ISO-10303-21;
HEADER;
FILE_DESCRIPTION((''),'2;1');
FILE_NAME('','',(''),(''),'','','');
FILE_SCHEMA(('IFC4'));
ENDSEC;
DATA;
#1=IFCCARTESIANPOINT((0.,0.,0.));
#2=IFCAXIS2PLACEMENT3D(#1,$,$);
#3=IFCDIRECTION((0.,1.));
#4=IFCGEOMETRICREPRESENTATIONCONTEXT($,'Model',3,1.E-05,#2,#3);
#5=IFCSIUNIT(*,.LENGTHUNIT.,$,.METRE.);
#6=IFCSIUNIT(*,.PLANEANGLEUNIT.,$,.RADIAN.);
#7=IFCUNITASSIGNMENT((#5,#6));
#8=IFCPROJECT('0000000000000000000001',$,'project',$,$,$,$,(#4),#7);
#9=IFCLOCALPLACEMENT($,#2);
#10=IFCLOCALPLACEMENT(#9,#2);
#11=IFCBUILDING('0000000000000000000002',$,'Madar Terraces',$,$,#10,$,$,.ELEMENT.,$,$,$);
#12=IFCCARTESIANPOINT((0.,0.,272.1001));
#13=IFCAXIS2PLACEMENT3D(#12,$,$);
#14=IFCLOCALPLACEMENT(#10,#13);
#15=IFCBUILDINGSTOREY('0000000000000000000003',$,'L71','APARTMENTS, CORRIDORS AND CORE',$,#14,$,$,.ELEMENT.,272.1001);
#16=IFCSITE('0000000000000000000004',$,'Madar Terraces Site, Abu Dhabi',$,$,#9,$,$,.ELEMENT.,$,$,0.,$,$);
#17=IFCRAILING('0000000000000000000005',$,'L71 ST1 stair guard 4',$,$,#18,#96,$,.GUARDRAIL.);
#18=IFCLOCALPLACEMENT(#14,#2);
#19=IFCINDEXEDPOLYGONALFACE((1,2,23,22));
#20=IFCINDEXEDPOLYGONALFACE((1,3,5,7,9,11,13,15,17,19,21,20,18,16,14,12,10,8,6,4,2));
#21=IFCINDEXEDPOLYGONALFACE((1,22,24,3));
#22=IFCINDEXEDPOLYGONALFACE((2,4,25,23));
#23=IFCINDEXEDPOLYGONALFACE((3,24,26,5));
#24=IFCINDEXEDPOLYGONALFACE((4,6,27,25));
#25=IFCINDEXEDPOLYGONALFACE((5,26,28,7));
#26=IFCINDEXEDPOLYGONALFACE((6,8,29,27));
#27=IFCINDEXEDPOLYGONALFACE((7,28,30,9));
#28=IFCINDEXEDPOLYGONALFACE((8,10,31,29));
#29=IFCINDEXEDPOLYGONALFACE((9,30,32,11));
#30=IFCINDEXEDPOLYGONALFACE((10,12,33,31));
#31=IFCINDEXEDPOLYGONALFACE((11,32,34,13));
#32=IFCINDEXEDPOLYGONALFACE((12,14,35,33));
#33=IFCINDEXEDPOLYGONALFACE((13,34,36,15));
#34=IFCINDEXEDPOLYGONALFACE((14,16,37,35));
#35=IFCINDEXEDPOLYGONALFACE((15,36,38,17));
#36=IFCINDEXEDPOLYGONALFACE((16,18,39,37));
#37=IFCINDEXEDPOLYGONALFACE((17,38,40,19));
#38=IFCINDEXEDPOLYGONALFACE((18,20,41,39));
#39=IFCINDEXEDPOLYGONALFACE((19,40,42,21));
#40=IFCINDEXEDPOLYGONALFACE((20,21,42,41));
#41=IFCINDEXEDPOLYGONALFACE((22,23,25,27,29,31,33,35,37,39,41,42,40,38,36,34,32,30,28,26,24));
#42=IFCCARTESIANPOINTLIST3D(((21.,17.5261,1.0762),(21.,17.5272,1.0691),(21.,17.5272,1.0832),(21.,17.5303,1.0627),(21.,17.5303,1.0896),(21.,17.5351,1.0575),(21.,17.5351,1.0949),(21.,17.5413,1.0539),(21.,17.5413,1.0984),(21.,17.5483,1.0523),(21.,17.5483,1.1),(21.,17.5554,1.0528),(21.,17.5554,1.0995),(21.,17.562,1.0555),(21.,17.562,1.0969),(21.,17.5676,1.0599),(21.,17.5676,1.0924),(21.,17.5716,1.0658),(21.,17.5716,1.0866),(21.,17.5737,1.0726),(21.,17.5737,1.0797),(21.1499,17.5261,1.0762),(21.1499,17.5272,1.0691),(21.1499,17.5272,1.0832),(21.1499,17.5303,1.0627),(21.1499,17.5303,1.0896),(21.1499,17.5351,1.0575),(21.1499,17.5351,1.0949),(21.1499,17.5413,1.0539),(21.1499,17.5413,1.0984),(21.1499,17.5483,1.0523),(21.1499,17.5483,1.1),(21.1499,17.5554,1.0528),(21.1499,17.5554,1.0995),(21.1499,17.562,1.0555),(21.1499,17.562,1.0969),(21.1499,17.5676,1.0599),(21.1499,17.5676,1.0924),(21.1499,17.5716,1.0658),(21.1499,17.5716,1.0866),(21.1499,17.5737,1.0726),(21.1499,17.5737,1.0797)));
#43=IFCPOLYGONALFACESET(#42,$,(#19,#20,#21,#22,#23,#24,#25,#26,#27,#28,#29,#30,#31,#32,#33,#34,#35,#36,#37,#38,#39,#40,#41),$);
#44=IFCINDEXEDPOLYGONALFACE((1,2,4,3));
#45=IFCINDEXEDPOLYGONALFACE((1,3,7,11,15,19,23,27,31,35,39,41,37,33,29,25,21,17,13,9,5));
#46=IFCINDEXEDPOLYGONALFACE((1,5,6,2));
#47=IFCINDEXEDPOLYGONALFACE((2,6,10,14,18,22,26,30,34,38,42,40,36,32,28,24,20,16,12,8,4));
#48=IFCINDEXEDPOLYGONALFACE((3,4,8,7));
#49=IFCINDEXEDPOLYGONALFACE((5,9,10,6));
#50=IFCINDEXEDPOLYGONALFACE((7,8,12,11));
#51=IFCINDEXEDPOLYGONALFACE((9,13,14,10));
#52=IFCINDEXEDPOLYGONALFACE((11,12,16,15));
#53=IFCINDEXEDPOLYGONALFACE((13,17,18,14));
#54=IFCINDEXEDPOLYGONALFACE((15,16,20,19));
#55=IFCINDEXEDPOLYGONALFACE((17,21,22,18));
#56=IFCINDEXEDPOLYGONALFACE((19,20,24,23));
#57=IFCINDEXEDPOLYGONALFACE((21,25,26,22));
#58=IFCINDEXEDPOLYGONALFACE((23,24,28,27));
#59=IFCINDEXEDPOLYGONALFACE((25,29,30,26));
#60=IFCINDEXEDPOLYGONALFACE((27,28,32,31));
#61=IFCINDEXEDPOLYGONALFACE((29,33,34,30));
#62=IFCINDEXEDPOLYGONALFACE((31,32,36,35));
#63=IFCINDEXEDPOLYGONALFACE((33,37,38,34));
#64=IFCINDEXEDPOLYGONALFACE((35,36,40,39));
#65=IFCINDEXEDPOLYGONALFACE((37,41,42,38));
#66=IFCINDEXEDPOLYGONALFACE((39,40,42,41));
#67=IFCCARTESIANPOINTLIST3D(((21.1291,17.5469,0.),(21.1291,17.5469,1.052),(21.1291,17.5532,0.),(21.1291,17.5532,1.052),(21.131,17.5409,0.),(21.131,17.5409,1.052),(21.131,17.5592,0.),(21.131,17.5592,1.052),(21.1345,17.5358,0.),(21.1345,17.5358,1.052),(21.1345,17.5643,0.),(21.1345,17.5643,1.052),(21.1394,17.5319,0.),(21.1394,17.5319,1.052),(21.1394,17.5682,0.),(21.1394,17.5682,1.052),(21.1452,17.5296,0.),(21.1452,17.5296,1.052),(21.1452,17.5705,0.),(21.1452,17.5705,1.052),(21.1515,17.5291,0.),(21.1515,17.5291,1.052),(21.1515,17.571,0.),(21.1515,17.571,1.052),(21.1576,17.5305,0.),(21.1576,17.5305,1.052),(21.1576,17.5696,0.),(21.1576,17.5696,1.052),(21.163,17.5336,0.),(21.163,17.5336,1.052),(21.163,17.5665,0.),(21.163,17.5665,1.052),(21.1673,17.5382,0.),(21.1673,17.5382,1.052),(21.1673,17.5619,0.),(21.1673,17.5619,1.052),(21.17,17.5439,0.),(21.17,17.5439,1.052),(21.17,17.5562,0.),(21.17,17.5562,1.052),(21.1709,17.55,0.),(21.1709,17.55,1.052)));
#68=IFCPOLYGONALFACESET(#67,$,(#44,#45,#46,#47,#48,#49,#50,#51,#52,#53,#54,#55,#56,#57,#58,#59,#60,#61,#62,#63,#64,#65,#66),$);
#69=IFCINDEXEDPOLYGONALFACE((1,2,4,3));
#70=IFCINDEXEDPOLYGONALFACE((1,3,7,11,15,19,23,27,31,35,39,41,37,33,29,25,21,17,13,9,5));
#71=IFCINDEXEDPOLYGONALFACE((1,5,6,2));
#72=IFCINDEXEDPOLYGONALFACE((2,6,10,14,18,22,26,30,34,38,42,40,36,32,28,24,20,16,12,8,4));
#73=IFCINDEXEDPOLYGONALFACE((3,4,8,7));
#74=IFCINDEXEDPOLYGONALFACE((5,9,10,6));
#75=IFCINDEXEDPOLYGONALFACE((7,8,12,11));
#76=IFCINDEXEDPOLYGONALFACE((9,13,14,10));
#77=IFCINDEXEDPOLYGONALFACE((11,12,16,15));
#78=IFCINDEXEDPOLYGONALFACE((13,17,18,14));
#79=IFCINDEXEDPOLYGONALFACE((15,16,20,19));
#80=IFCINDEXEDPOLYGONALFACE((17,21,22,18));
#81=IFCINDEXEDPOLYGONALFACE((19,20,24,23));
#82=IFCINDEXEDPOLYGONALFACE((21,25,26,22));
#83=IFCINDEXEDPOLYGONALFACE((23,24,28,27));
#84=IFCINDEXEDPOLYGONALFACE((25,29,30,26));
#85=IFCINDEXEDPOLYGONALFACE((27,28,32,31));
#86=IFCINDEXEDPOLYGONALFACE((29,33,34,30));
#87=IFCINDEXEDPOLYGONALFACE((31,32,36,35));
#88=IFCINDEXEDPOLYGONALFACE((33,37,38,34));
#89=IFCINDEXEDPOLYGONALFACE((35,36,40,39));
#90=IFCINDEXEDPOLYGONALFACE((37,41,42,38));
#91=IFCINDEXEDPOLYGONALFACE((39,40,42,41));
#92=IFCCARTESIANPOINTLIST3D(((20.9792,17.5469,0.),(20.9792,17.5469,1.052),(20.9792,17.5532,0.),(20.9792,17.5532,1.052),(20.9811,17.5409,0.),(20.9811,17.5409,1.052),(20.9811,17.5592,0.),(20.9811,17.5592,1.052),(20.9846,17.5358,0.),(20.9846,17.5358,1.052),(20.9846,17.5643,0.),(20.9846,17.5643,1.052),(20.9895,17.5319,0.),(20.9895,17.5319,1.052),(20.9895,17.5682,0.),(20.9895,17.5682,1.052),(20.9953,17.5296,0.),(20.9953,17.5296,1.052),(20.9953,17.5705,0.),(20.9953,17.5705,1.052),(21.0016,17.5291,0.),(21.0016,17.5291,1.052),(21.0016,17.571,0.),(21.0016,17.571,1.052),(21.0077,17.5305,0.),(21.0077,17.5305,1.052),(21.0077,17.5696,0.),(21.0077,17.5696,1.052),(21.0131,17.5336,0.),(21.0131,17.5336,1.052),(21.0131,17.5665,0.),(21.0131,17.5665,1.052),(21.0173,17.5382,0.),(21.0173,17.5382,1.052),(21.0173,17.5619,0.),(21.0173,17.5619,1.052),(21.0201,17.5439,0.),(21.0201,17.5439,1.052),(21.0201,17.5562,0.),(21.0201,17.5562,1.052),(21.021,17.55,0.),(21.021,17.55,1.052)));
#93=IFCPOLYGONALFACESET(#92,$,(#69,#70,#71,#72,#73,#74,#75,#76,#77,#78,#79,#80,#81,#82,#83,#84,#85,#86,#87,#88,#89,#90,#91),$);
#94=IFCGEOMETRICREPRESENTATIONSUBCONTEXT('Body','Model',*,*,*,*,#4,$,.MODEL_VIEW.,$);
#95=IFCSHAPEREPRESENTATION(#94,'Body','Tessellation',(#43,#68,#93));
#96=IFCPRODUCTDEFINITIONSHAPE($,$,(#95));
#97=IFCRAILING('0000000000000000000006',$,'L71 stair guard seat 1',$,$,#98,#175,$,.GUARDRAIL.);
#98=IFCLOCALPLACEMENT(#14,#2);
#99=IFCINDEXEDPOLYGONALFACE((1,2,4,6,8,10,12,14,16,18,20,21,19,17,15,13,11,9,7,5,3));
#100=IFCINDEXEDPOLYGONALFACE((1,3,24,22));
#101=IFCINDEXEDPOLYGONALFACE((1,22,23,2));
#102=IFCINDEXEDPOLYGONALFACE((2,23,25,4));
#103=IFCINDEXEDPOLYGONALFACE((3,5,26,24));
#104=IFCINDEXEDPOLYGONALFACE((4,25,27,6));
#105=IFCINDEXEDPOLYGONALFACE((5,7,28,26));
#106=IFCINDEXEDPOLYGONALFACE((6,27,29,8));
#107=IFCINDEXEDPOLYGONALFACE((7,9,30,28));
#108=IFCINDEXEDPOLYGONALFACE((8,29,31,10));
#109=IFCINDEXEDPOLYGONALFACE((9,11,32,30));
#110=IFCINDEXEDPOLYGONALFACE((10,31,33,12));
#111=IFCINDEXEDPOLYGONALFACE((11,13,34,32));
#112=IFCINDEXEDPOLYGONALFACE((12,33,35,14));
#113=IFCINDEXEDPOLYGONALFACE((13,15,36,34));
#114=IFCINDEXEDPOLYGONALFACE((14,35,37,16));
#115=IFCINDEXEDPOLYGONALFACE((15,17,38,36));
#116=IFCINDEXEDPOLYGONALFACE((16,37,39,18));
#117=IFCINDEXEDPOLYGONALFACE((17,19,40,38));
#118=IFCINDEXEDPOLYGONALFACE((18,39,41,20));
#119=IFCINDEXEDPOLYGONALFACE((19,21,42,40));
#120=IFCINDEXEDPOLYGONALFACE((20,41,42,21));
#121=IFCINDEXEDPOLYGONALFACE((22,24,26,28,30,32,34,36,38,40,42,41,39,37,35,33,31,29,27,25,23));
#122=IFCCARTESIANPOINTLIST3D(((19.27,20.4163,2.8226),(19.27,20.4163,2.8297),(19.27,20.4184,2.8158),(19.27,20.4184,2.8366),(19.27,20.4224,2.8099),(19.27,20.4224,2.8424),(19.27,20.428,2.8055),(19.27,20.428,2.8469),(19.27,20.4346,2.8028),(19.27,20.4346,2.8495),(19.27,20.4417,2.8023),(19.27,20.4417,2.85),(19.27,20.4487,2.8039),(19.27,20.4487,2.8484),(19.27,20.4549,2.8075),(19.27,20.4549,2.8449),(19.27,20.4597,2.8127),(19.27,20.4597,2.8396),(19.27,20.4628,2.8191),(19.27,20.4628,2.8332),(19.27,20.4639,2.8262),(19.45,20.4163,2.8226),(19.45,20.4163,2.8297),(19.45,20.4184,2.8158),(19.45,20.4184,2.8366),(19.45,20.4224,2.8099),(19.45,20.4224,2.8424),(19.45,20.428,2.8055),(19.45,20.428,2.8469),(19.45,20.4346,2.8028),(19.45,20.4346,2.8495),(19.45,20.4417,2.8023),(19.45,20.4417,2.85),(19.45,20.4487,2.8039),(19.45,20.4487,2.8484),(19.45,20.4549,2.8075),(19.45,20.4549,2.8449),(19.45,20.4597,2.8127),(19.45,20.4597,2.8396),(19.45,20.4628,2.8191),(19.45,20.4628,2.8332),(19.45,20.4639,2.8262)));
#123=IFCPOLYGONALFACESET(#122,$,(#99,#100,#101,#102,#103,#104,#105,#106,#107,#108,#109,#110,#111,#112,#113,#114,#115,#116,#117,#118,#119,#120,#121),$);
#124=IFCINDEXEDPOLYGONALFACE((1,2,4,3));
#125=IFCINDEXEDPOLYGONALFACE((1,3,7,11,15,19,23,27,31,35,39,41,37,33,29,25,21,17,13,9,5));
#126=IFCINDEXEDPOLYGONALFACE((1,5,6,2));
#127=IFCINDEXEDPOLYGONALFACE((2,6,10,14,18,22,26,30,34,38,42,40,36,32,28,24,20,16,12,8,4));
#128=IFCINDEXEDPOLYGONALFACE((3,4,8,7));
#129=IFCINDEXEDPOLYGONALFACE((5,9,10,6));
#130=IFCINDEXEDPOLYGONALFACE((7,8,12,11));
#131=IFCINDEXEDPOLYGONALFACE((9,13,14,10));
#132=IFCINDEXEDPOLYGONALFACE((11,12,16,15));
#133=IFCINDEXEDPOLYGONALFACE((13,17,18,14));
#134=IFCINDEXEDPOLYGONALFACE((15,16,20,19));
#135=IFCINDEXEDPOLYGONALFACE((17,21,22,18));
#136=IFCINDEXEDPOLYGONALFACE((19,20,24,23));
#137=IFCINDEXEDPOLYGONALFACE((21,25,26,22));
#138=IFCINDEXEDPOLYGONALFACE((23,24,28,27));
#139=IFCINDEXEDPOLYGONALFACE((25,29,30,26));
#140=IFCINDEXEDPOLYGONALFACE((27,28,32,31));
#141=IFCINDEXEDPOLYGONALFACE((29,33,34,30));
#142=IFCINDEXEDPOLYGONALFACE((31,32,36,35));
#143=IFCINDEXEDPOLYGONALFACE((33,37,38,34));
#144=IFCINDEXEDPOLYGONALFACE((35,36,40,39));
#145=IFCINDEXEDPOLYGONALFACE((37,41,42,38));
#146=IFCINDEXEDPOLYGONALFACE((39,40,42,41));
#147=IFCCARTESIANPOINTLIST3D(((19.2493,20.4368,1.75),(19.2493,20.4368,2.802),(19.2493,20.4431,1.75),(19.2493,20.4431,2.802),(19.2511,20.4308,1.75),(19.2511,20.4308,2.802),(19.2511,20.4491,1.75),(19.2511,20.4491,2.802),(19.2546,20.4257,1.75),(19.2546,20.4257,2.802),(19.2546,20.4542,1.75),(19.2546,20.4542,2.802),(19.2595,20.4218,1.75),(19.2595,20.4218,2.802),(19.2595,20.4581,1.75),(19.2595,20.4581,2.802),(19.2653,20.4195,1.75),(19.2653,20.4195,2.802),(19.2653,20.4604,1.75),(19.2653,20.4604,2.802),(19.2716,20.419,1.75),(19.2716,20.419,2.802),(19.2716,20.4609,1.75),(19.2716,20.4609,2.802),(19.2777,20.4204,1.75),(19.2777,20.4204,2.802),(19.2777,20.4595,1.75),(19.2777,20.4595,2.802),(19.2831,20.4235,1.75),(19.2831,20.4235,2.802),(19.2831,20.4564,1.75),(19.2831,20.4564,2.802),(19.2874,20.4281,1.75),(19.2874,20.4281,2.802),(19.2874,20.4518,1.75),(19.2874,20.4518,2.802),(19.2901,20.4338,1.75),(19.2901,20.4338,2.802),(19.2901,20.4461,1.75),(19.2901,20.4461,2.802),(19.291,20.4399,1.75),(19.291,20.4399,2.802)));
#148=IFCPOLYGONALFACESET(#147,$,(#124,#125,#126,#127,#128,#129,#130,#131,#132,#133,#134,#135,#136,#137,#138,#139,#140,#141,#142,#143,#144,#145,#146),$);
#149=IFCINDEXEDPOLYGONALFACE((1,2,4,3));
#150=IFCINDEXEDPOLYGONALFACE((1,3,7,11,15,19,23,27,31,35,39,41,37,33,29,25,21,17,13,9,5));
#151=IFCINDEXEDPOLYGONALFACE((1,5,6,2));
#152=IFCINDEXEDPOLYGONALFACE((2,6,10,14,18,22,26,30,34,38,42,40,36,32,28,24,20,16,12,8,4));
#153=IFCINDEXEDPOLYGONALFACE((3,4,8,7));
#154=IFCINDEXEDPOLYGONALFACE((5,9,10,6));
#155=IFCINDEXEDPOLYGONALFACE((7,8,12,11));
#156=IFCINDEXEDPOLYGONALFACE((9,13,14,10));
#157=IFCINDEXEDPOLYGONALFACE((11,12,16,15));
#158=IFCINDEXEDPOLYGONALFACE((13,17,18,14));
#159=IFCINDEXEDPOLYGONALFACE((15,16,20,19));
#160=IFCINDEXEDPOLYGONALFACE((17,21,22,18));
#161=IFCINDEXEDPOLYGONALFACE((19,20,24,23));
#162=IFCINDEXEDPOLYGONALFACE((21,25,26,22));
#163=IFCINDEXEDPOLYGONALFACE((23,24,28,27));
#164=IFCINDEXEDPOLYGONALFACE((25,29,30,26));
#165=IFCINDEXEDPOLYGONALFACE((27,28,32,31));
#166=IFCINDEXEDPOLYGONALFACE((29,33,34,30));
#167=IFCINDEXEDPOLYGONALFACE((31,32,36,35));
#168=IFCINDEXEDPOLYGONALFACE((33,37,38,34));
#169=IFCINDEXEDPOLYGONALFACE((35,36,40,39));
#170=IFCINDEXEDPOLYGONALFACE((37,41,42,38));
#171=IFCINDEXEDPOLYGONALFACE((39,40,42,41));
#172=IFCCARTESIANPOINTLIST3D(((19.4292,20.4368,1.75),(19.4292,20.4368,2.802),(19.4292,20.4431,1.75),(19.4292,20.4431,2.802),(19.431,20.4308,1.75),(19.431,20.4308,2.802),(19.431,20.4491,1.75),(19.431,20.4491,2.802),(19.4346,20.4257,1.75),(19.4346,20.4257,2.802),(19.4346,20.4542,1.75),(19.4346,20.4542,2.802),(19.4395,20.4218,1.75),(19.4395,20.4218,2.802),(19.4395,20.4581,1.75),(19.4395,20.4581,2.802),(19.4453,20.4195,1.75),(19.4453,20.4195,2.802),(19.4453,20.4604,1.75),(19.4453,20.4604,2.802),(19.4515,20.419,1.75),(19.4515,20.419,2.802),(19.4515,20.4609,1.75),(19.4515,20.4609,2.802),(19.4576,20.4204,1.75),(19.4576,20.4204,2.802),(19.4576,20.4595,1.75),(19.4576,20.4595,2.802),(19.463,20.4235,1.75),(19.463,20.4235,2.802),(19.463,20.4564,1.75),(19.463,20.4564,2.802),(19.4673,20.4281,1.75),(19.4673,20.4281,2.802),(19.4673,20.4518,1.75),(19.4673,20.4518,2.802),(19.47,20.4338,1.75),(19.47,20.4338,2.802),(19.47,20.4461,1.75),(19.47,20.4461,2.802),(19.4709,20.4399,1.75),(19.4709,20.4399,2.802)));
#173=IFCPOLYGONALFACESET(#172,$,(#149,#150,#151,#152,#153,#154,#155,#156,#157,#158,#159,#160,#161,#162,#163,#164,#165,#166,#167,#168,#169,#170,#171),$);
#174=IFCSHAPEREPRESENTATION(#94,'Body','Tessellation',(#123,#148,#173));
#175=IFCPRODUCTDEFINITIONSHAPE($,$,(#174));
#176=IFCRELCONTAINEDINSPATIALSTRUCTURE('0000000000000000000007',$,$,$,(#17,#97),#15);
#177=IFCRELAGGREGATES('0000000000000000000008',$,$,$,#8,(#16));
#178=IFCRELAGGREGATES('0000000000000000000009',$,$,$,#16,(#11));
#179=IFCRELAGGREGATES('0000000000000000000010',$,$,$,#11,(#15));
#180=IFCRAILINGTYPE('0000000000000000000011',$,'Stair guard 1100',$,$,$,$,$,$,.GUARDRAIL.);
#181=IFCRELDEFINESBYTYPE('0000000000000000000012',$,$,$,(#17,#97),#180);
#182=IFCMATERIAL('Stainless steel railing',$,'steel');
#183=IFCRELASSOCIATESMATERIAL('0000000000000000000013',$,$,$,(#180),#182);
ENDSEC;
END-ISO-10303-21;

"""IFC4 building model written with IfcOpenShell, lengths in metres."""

from ifc_helpers import new_model, si_unit, direction, frame, origin, origin_2d, place, context, subcontext, project, spatial, circle, extrude, material, type_object, element, save


model = new_model("IFC4")

# Units and contexts
model_context = context("Model", 3, precision=1e-05, world=origin(), true_north=direction((0.0, 1.0)))
body_context = subcontext(model_context, "Body", "Model", "MODEL_VIEW")
ifc_project = project(units=[si_unit("LENGTHUNIT", "METRE"), si_unit("PLANEANGLEUNIT", "RADIAN")], contexts=[model_context])

# Site, building, storey
site_placement = place(None, origin())
site = spatial("IfcSite", under=ifc_project, at=site_placement, Name="Madar Terraces Site, Abu Dhabi", CompositionType="ELEMENT", RefElevation=0.0)
building_placement = place(site_placement, origin())
building = spatial("IfcBuilding", under=site, at=building_placement, Name="Madar Terraces", CompositionType="ELEMENT")
storey_placement = place(building_placement, frame((0.0, 0.0, 272.1001)))
storey = spatial("IfcBuildingStorey", under=building, at=storey_placement, Name="L71", Description="APARTMENTS, CORRIDORS AND CORE", CompositionType="ELEMENT", Elevation=272.1001)

# Railings
ifc_material_1 = material(Name="Stainless steel railing", Category="steel")
railing_type_1 = type_object("IfcRailingType", Name="Stair guard 1100", PredefinedType="GUARDRAIL", material=ifc_material_1)
railing_1_placement = place(storey_placement, frame((21.1499, 17.55, 0.0)))
element("IfcRailing", 1, at=railing_1_placement, inside=storey, type_object=railing_type_1, Name="L71 ST1 stair guard 4", PredefinedType="GUARDRAIL", context=body_context, shape_type="SweptSolid", body=[
    extrude(circle(Radius=0.0239, at=origin_2d()), frame((0.0, 0.0, 1.0762), z_axis=(-1.0, 0.0, 0.0), x_axis=(0.0, -1.0, 0.0)), (0.0, 0.0, 1.0), 0.1499),
    extrude(circle(Radius=0.021, at=origin_2d()), origin(), (0.0, 0.0, 1.0), 1.052),
    extrude(circle(Radius=0.021, at=origin_2d()), frame((-0.1499, 0.0, 0.0)), (0.0, 0.0, 1.0), 1.052),
])
for number, where, name in (
    (2, (19.27, 20.4399, 1.75), "L71 stair guard seat 1"),
):
    element("IfcRailing", number, at=place(storey_placement, frame(where)), inside=storey, type_object=railing_type_1, Name=name, PredefinedType="GUARDRAIL", context=body_context, shape_type="SweptSolid", body=[
        extrude(circle(Radius=0.0239, at=origin_2d()), frame((0.0, 0.0, 1.0762), z_axis=(1.0, 0.0, 0.0), x_axis=(0.0, 1.0, 0.0)), (0.0, 0.0, 1.0), 0.1799),
        extrude(circle(Radius=0.021, at=origin_2d()), origin(), (0.0, 0.0, 1.0), 1.052),
        extrude(circle(Radius=0.021, at=origin_2d()), frame((0.1799, 0.0, 0.0)), (0.0, 0.0, 1.0), 1.052),
    ])

save(model, "model.ifc")
